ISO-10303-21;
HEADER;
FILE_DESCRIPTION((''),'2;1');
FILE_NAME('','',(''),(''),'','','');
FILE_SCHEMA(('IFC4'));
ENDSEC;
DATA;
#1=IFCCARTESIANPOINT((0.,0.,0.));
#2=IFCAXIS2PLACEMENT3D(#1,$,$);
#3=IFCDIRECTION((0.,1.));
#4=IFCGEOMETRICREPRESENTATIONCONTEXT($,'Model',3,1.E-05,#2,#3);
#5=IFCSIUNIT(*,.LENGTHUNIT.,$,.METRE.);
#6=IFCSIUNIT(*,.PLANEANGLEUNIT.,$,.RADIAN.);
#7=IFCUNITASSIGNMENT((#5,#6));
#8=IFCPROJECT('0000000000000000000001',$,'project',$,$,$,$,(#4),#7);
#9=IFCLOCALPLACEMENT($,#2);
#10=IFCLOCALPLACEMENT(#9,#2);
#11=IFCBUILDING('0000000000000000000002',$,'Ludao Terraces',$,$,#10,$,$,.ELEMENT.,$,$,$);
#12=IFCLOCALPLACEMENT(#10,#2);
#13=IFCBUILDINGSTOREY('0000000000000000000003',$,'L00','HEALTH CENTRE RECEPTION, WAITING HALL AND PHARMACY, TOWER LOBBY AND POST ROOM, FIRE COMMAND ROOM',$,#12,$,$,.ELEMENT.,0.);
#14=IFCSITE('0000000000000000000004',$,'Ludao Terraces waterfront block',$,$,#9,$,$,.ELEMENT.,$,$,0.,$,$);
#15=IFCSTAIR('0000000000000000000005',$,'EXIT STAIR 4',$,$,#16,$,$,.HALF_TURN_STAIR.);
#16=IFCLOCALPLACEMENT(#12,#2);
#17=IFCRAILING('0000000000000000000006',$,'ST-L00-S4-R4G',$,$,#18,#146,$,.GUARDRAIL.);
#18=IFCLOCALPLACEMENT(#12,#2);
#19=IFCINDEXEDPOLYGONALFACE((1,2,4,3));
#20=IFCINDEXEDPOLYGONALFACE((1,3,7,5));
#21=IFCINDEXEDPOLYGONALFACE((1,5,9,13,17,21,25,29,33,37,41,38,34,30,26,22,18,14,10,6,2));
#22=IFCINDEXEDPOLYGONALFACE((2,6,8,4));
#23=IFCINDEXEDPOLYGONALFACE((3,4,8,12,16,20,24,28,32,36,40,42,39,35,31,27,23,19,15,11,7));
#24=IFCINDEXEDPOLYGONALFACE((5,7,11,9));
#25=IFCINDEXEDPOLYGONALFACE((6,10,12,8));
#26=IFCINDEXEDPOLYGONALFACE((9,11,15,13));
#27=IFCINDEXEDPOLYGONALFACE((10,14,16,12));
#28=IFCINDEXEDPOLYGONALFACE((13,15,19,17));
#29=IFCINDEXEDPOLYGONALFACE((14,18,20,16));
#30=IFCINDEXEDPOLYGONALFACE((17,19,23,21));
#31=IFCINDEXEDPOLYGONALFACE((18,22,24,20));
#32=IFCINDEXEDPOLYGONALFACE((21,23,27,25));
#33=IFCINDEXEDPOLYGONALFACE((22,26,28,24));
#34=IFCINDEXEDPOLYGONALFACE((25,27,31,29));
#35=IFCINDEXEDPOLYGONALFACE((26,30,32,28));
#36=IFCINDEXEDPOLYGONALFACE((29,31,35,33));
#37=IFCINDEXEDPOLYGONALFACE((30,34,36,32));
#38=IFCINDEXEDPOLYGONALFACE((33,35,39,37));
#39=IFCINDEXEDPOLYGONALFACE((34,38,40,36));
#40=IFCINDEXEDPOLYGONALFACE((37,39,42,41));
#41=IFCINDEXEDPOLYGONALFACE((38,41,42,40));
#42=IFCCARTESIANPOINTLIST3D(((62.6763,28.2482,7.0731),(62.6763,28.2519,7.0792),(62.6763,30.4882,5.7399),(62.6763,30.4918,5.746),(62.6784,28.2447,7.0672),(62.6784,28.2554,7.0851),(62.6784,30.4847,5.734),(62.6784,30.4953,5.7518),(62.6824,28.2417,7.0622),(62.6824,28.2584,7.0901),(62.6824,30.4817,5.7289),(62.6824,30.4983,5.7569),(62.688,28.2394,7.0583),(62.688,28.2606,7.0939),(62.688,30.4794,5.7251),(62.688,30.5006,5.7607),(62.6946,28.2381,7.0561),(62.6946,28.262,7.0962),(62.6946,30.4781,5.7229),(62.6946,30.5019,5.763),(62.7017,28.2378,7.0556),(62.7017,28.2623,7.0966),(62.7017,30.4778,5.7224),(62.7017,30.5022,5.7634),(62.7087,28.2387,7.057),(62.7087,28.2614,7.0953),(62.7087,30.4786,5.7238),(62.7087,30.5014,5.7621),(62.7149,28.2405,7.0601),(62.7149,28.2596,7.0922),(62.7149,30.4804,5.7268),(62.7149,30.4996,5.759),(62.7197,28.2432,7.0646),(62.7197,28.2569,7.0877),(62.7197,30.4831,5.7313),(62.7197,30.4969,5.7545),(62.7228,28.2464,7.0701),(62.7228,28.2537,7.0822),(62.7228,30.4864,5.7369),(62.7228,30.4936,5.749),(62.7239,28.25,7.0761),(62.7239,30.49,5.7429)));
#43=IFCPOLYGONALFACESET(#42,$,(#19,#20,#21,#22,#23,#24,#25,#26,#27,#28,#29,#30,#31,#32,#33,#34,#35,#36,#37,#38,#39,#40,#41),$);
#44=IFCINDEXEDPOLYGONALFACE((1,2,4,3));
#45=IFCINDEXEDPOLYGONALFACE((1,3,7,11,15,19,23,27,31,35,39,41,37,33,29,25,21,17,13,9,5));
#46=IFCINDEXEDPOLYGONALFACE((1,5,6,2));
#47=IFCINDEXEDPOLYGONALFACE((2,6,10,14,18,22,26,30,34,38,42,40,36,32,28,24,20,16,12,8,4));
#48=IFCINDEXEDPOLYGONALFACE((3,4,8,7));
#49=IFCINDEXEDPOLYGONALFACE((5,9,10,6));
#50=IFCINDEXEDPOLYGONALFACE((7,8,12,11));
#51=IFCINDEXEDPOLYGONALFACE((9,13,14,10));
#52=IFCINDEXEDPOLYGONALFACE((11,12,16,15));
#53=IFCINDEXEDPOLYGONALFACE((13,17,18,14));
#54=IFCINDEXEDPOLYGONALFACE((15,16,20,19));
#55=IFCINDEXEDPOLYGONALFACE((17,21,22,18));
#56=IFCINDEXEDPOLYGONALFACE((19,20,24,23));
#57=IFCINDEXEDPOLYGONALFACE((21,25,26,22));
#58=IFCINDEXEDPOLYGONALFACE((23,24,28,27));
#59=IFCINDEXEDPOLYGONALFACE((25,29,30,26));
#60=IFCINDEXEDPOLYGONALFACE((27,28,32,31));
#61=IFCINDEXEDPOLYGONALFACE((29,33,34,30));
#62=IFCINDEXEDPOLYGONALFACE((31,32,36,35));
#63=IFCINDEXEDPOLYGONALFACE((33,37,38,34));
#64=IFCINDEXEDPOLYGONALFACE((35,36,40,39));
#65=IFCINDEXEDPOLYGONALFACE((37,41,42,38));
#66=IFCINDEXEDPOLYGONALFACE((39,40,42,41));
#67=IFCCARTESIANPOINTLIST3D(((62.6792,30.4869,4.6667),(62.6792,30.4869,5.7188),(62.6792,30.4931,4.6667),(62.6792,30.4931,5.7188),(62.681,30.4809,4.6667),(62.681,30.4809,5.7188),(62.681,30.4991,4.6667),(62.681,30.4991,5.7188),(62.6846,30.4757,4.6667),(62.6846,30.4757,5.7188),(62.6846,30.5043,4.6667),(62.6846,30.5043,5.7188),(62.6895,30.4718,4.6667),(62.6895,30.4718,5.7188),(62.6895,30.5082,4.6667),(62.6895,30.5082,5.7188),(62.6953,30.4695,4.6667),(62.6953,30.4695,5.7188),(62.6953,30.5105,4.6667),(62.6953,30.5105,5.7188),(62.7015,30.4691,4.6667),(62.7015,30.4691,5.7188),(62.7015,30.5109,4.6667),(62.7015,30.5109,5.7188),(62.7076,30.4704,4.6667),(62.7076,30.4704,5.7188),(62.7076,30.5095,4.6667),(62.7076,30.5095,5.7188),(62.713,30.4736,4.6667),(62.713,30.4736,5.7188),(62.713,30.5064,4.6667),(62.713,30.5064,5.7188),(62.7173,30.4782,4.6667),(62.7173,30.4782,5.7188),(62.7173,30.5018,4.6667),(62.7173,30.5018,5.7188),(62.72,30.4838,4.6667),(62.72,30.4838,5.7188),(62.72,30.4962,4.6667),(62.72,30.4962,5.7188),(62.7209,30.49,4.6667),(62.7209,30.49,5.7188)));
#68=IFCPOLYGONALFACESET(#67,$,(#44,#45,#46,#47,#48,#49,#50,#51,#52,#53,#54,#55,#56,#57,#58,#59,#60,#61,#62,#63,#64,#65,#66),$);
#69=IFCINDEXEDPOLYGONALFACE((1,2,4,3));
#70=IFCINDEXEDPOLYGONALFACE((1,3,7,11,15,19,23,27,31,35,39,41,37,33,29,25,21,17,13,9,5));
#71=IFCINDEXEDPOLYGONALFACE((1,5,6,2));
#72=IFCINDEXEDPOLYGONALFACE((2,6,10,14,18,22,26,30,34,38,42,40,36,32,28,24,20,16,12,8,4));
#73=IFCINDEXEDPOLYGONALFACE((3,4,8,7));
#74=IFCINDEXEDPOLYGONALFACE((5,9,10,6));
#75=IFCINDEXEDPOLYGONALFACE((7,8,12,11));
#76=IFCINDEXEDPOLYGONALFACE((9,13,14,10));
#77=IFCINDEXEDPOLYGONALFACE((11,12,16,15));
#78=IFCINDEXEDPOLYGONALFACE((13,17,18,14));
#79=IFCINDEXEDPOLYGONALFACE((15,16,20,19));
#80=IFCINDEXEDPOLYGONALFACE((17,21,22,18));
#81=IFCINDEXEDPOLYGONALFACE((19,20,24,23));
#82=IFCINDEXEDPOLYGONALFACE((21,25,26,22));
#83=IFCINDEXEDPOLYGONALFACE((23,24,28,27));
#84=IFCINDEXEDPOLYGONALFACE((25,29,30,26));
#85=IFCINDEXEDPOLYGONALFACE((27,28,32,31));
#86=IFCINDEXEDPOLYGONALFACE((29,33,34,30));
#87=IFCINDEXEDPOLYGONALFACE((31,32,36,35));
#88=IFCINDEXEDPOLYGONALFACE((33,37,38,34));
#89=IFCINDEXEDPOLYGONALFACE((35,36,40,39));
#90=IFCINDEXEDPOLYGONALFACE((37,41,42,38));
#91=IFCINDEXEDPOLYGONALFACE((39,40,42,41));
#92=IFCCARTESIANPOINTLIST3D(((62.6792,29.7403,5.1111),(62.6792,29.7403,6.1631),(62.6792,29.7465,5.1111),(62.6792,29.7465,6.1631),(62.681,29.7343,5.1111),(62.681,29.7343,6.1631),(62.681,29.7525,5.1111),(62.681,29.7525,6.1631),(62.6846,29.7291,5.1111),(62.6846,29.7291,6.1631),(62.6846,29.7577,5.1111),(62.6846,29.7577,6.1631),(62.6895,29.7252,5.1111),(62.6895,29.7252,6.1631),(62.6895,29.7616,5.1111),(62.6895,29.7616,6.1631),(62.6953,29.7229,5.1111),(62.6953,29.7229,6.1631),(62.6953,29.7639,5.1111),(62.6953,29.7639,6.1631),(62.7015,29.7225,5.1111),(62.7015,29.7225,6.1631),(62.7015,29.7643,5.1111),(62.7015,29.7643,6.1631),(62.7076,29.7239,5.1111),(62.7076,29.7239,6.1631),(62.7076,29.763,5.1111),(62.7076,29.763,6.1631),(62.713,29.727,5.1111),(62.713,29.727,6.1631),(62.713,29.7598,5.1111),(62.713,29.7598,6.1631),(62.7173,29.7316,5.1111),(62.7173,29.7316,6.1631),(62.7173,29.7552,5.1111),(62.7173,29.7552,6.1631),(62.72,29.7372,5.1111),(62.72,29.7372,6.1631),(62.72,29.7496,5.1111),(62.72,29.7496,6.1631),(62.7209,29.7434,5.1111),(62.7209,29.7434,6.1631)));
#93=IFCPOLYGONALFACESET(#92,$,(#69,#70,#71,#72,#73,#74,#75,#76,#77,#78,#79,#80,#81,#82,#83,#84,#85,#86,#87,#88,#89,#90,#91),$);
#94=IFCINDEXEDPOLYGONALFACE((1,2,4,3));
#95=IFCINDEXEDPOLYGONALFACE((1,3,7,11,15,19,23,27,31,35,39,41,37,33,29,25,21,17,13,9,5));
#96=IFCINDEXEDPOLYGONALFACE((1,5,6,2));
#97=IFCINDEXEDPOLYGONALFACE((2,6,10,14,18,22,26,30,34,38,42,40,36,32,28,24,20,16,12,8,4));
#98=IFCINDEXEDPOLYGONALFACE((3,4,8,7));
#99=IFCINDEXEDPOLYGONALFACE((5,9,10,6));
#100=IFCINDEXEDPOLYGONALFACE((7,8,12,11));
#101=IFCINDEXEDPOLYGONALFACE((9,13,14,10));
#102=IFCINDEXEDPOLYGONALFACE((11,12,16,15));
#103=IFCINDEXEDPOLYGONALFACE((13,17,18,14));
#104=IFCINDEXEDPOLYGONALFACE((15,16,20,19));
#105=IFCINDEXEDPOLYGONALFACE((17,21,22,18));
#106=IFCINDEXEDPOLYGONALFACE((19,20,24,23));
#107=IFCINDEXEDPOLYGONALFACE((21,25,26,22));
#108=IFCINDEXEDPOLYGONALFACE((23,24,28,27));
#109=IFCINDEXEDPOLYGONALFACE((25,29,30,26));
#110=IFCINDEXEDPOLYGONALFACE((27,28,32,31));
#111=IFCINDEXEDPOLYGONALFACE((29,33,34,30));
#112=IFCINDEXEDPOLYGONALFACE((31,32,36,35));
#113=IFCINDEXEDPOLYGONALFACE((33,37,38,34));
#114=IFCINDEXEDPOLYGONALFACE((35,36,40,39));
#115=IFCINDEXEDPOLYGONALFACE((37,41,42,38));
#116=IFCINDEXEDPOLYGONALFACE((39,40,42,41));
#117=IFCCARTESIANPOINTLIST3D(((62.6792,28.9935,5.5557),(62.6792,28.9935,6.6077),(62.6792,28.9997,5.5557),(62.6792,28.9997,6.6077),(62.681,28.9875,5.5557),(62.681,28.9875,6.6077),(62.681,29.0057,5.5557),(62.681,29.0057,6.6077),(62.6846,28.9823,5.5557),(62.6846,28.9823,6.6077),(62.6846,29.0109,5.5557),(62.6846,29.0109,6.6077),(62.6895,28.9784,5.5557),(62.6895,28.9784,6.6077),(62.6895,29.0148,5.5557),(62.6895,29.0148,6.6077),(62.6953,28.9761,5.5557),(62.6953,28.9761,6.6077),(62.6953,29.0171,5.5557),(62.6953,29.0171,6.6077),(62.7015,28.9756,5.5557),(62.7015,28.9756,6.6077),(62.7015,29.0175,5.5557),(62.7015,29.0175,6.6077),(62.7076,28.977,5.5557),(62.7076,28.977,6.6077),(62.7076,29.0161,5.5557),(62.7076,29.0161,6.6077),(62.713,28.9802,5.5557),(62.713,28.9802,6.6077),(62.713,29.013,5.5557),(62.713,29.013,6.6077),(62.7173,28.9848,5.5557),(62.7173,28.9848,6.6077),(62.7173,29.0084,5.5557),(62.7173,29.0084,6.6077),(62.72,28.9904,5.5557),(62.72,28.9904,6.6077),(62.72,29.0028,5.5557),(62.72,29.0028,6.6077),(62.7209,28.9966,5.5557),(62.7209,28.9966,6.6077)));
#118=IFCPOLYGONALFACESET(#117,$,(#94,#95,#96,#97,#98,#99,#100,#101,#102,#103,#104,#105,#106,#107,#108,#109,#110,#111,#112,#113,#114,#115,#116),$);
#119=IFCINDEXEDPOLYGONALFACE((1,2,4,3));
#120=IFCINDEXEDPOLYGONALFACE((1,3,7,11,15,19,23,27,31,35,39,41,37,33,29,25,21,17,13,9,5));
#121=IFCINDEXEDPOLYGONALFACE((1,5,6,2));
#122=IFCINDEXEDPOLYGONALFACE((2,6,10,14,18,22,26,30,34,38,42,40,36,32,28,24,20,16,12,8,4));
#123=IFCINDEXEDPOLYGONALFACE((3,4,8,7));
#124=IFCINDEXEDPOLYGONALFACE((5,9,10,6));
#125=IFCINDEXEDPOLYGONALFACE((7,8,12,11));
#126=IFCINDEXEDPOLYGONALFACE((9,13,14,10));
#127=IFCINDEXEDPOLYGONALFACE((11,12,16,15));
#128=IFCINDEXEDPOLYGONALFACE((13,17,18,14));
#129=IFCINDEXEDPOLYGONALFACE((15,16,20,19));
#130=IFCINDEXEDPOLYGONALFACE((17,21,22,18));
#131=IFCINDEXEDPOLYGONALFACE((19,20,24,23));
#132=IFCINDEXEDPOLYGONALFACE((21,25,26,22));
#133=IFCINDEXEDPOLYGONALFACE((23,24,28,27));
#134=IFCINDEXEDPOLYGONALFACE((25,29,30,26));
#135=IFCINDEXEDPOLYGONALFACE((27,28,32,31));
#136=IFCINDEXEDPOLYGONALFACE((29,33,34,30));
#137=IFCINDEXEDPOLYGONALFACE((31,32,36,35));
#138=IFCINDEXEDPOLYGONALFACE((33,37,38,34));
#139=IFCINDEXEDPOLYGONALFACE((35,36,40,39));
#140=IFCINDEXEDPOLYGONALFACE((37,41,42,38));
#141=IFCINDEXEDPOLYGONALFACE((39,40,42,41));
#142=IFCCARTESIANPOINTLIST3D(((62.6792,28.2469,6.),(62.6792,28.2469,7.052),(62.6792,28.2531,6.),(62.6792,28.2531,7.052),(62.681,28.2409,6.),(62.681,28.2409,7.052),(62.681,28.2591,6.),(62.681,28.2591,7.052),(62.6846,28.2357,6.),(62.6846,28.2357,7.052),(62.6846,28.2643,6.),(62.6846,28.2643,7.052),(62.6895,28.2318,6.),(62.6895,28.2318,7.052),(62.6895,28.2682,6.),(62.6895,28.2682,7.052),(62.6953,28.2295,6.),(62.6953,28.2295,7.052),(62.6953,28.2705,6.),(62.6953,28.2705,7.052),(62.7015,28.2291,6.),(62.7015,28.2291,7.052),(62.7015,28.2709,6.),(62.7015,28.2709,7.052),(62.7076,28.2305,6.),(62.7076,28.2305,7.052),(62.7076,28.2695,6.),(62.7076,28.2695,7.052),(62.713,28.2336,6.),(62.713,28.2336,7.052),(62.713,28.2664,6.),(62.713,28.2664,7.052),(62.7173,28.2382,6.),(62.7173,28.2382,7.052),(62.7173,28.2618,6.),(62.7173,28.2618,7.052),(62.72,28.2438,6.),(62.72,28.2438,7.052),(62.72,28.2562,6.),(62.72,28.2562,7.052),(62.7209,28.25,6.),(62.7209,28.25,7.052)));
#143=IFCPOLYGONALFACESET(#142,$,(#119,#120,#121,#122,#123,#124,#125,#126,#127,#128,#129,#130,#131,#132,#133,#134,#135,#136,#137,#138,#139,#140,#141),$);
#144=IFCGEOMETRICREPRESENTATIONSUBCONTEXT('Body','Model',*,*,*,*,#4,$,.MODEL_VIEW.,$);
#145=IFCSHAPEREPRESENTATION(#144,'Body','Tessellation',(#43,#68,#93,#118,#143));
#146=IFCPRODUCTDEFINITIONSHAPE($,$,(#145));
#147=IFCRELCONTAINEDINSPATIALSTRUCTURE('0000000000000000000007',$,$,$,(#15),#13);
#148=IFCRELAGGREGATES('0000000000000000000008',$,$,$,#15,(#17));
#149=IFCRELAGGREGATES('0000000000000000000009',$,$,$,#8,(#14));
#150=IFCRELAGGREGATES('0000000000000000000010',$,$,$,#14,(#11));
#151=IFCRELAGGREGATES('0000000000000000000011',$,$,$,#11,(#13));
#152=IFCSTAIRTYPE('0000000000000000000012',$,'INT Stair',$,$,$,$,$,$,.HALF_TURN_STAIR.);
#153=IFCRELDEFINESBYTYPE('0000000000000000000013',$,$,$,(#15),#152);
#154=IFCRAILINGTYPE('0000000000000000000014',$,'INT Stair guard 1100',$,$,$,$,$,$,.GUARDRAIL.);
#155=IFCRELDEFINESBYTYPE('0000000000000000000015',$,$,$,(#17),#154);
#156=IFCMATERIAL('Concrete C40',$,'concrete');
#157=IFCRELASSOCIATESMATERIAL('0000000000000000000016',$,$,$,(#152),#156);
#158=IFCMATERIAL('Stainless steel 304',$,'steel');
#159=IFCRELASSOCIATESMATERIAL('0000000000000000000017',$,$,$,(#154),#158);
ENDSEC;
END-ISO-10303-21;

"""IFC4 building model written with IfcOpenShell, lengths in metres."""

from ifc_helpers import new_model, si_unit, direction, frame, origin, origin_2d, place, context, subcontext, project, spatial, circle, extrude, material, type_object, element, aggregate, save


model = new_model("IFC4")

# Units and contexts
model_context = context("Model", 3, precision=1e-05, world=origin(), true_north=direction((0.0, 1.0)))
body_context = subcontext(model_context, "Body", "Model", "MODEL_VIEW")
ifc_project = project(units=[si_unit("LENGTHUNIT", "METRE"), si_unit("PLANEANGLEUNIT", "RADIAN")], contexts=[model_context])

# Site, building, storey
site_placement = place(None, origin())
site = spatial("IfcSite", under=ifc_project, at=site_placement, Name="Ludao Terraces waterfront block", CompositionType="ELEMENT", RefElevation=0.0)
building_placement = place(site_placement, origin())
building = spatial("IfcBuilding", under=site, at=building_placement, Name="Ludao Terraces", CompositionType="ELEMENT")
storey_placement = place(building_placement, origin())
storey = spatial("IfcBuildingStorey", under=building, at=storey_placement, Name="L00", Description="HEALTH CENTRE RECEPTION, WAITING HALL AND PHARMACY, TOWER LOBBY AND POST ROOM, FIRE COMMAND ROOM", CompositionType="ELEMENT", Elevation=0.0)

# Shared definitions
ifc_material_1 = material(Name="Concrete C40", Category="concrete")

# Stair, railing
stair_type = type_object("IfcStairType", Name="INT Stair", PredefinedType="HALF_TURN_STAIR", material=ifc_material_1)
stair_placement = place(storey_placement, origin())
stair = element("IfcStair", 1, at=stair_placement, inside=storey, type_object=stair_type, Name="EXIT STAIR 4", PredefinedType="HALF_TURN_STAIR")
ifc_material_2 = material(Name="Stainless steel 304", Category="steel")
railing_type_1 = type_object("IfcRailingType", Name="INT Stair guard 1100", PredefinedType="GUARDRAIL", material=ifc_material_2)
railing_1_placement = place(storey_placement, frame((62.7, 30.49, 4.6667)))
railing_1 = element("IfcRailing", 2, at=railing_1_placement, type_object=railing_type_1, Name="ST-L00-S4-R4G", PredefinedType="GUARDRAIL", context=body_context, shape_type="SweptSolid", body=[
    extrude(circle(Radius=0.0239, at=origin_2d()), frame((0.0, 0.0, 1.0762), z_axis=(0.0, -0.859306, 0.511462), x_axis=(1.0, 0.0, 0.0)), (0.0, 0.0, 1.0), 2.6067),
    extrude(circle(Radius=0.021, at=origin_2d()), origin(), (0.0, 0.0, 1.0), 1.052),
    extrude(circle(Radius=0.021, at=origin_2d()), frame((0.0, -0.7466, 0.4443)), (0.0, 0.0, 1.0), 1.052),
    extrude(circle(Radius=0.021, at=origin_2d()), frame((0.0, -1.4934, 0.8889)), (0.0, 0.0, 1.0), 1.052),
    extrude(circle(Radius=0.021, at=origin_2d()), frame((0.0, -2.24, 1.3333)), (0.0, 0.0, 1.0), 1.052),
])
aggregate(stair, [railing_1])

save(model, "model.ifc")
